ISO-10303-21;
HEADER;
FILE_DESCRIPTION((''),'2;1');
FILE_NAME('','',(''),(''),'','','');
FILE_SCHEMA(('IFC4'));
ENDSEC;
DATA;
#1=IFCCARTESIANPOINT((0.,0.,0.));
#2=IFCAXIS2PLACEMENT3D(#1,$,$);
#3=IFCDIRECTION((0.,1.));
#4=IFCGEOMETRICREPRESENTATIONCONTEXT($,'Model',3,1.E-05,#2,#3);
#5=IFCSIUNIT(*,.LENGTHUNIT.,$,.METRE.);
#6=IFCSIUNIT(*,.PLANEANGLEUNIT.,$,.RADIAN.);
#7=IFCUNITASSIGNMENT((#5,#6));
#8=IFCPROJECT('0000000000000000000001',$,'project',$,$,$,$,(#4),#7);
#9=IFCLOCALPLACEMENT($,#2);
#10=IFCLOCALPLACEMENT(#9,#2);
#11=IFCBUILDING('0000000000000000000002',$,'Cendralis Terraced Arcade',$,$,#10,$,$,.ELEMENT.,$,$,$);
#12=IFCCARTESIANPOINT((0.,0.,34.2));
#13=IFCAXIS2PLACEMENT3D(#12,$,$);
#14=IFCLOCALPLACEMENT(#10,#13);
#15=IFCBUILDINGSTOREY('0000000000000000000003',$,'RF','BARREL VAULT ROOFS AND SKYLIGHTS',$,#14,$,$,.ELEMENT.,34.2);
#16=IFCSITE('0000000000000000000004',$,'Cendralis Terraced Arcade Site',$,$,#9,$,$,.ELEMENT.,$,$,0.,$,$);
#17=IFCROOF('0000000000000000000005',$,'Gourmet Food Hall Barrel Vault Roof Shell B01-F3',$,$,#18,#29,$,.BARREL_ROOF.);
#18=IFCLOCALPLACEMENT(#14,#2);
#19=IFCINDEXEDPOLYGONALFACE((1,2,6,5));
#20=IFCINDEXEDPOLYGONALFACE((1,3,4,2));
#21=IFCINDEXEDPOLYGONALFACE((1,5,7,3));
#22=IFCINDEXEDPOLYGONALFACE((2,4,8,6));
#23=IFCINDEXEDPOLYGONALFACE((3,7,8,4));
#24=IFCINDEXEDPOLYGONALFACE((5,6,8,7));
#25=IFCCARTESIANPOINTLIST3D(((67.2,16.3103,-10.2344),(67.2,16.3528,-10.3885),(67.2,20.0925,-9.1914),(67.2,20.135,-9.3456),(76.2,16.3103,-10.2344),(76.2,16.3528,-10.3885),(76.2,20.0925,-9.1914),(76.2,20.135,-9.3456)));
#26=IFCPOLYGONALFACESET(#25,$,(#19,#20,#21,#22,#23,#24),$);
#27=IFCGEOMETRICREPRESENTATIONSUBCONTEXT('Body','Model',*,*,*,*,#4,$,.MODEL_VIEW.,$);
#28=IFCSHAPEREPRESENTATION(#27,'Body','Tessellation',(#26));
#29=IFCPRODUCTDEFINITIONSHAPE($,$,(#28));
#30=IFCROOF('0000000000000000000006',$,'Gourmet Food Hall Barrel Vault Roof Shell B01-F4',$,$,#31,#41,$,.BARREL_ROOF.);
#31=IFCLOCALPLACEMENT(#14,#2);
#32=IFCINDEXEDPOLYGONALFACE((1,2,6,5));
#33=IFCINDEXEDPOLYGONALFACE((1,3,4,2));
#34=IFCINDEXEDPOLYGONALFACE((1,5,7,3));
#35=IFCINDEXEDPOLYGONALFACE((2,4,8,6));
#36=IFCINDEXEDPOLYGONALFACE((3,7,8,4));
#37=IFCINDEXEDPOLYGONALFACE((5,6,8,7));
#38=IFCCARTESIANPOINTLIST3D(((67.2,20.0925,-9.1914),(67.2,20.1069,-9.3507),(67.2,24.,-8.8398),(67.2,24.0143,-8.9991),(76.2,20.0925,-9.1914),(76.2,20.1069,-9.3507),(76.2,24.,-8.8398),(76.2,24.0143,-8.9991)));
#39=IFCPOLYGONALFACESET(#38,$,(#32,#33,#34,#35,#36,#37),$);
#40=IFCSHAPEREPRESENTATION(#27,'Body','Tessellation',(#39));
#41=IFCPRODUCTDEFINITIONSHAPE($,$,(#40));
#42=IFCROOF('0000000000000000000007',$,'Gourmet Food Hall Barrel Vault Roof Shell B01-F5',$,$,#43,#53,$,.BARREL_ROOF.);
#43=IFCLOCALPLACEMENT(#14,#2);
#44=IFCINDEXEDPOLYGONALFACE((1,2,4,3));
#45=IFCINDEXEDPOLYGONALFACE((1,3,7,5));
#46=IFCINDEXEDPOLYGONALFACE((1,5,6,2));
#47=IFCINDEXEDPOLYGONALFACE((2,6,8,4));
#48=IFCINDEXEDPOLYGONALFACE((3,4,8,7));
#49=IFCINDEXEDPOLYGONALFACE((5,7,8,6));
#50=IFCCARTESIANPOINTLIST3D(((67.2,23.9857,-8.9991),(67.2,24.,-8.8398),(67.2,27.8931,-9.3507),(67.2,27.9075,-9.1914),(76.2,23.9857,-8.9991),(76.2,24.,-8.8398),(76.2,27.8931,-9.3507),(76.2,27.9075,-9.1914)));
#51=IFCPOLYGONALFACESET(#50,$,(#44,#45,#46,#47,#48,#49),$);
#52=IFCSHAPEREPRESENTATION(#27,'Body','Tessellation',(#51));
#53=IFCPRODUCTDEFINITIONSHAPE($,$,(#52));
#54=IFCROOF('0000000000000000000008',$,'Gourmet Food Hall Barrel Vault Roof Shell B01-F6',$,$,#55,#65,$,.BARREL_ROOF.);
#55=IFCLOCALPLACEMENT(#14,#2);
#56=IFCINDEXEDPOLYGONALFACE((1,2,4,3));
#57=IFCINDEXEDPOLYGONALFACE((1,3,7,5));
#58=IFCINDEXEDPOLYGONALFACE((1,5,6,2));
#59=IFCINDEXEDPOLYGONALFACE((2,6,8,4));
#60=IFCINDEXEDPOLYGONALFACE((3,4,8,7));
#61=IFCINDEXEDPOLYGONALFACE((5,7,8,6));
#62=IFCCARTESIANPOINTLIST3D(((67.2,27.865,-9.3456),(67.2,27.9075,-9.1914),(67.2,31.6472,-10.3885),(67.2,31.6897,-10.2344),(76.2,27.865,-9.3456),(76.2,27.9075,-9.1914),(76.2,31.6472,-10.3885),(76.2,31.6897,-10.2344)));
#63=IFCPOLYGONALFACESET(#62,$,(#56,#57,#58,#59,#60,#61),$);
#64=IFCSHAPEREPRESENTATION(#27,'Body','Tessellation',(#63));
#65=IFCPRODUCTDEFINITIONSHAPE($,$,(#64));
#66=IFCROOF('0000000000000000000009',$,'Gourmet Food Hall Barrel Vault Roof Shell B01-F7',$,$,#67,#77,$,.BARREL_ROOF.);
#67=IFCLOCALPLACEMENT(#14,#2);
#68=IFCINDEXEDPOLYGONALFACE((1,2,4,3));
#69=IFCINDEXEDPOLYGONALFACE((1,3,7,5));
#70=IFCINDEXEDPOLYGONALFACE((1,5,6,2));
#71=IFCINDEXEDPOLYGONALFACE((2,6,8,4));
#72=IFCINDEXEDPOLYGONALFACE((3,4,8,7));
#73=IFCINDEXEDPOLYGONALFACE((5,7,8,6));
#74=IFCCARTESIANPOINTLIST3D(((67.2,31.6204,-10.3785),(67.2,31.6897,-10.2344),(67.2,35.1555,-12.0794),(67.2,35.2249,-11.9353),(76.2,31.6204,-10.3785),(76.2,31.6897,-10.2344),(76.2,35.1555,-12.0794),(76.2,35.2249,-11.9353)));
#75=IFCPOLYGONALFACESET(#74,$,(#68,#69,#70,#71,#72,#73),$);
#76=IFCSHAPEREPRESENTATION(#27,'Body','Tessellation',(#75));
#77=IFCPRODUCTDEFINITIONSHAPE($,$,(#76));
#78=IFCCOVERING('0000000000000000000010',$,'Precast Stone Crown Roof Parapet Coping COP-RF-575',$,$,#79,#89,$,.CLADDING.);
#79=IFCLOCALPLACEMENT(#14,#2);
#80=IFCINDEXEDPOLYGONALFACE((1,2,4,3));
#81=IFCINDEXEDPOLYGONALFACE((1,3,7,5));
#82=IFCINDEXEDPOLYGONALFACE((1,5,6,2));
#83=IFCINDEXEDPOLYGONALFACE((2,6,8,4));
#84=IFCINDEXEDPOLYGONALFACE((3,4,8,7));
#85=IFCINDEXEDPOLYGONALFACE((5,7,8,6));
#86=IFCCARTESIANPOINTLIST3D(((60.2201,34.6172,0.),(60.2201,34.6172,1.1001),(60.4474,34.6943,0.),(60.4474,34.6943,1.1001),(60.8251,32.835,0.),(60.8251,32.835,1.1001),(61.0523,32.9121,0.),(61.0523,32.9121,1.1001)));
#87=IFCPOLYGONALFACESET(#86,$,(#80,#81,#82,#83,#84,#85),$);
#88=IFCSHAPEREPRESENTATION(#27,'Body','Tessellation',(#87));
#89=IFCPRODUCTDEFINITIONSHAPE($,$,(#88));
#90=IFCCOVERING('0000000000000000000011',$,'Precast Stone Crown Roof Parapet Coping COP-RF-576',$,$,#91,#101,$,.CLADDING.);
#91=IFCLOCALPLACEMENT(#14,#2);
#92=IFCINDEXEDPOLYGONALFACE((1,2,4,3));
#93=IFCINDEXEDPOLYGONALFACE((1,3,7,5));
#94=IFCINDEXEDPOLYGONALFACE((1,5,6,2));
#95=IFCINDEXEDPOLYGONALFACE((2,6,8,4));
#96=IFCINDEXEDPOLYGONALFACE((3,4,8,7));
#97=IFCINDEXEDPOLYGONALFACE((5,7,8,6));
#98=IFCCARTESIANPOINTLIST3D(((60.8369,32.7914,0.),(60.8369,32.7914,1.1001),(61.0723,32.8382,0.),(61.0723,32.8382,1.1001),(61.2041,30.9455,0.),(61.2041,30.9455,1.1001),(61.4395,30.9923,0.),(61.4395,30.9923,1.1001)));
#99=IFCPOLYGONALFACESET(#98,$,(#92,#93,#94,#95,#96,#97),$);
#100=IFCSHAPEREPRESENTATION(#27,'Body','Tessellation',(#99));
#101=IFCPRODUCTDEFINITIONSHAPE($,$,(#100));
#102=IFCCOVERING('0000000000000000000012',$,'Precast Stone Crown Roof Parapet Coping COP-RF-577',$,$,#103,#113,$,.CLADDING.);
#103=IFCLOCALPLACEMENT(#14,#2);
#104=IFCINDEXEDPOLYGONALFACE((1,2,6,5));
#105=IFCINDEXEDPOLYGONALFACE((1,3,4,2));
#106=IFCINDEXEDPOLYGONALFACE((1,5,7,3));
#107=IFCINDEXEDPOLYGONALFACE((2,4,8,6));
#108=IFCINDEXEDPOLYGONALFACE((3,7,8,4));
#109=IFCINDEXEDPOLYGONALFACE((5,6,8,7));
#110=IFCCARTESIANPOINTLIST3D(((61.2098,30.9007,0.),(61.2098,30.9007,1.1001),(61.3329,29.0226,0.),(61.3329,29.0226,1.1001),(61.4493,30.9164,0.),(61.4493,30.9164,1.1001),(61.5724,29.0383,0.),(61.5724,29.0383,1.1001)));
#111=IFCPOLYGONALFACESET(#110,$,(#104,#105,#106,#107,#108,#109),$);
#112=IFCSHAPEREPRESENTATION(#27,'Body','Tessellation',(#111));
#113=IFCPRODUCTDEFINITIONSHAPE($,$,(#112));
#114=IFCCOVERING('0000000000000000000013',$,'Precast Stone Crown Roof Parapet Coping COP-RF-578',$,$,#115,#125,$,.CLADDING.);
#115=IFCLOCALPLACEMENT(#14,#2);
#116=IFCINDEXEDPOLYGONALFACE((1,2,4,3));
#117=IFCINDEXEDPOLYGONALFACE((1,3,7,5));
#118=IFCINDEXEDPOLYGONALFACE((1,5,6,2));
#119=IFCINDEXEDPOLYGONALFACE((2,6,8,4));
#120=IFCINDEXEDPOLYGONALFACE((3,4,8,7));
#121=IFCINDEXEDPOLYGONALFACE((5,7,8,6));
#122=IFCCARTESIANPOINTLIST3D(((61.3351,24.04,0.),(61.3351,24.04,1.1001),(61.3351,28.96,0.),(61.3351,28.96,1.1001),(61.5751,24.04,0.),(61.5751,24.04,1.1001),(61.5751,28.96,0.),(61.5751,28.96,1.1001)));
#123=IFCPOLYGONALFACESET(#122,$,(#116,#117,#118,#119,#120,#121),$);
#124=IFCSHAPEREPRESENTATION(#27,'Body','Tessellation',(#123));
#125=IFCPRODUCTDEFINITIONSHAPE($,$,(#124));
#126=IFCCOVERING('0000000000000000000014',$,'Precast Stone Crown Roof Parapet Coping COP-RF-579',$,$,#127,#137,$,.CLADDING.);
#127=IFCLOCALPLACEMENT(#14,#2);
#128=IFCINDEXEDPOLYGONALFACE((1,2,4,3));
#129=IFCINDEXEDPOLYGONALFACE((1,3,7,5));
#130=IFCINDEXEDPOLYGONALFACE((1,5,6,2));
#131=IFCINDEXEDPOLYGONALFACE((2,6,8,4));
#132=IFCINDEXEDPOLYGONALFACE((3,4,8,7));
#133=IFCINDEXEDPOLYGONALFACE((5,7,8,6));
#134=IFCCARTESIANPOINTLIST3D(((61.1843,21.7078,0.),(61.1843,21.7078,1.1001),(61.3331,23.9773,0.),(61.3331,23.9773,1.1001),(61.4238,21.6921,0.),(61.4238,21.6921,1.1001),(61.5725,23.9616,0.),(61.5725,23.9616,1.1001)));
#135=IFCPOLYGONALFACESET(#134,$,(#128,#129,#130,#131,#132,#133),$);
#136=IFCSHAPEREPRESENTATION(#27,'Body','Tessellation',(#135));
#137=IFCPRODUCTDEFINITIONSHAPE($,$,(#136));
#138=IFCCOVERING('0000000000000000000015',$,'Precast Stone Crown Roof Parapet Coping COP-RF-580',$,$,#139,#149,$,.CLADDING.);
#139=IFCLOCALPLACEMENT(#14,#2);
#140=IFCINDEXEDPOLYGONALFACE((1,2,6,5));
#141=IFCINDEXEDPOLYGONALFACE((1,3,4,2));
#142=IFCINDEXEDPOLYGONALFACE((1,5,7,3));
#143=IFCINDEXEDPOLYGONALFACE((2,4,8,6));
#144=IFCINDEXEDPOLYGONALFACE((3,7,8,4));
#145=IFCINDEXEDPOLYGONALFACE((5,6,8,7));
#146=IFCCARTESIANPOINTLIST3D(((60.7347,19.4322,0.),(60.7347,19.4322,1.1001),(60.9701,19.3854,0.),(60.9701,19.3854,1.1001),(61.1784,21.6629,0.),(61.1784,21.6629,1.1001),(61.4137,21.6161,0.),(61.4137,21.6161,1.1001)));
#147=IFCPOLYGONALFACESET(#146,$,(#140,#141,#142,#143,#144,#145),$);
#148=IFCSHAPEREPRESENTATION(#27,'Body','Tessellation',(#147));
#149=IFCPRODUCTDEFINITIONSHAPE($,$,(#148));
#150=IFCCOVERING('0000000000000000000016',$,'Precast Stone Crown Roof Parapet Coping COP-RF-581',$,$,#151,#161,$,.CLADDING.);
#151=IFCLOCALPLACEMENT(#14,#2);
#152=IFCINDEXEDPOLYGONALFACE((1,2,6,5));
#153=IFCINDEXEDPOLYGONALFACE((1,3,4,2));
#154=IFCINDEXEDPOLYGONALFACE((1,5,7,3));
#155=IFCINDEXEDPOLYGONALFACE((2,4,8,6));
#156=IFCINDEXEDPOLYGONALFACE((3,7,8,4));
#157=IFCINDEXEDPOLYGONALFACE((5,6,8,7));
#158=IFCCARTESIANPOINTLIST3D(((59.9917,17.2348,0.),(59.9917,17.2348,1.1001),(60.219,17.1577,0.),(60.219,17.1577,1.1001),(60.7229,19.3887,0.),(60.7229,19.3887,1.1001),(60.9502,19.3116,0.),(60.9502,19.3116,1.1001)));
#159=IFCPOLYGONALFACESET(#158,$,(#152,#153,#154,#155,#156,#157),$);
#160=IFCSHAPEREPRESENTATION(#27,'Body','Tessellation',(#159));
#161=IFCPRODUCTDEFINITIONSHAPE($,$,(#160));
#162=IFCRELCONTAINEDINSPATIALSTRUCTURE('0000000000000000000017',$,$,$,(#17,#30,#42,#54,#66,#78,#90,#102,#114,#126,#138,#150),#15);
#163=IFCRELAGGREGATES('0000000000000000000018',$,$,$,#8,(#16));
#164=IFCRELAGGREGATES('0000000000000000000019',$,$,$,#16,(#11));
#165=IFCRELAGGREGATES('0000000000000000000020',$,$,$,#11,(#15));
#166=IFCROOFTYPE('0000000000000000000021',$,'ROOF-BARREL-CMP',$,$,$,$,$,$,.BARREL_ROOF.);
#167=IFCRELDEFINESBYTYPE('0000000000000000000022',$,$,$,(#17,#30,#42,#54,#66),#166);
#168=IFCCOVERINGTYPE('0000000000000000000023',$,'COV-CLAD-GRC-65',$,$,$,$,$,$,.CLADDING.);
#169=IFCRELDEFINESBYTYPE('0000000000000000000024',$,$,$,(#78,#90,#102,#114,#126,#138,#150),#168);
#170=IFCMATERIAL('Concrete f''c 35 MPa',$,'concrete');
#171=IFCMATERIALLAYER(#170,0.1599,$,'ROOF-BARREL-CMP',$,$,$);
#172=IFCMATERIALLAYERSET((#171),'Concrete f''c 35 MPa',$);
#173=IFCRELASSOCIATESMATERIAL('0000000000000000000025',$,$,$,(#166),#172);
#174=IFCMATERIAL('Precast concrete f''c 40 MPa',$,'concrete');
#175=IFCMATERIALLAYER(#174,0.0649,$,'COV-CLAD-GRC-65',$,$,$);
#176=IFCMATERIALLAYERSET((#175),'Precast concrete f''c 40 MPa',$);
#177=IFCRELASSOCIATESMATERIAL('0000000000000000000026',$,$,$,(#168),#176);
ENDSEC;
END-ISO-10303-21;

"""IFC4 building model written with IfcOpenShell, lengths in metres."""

from ifc_helpers import new_model, si_unit, direction, frame, origin, origin_2d, place, context, subcontext, project, spatial, polyline, rectangle, outline, extrude, material, layer, layer_set, type_object, element, save


model = new_model("IFC4")

# Units and contexts
model_context = context("Model", 3, precision=1e-05, world=origin(), true_north=direction((0.0, 1.0)))
body_context = subcontext(model_context, "Body", "Model", "MODEL_VIEW")
ifc_project = project(units=[si_unit("LENGTHUNIT", "METRE"), si_unit("PLANEANGLEUNIT", "RADIAN")], contexts=[model_context])

# Site, building, storey
site_placement = place(None, origin())
site = spatial("IfcSite", under=ifc_project, at=site_placement, Name="Cendralis Terraced Arcade Site", CompositionType="ELEMENT", RefElevation=0.0)
building_placement = place(site_placement, origin())
building = spatial("IfcBuilding", under=site, at=building_placement, Name="Cendralis Terraced Arcade", CompositionType="ELEMENT")
storey_placement = place(building_placement, frame((0.0, 0.0, 34.2)))
storey = spatial("IfcBuildingStorey", under=building, at=storey_placement, Name="RF", Description="BARREL VAULT ROOFS AND SKYLIGHTS", CompositionType="ELEMENT", Elevation=34.2)

# Roofs
ifc_material_1 = material(Name="Concrete f'c 35 MPa", Category="concrete")
ifc_layer_1 = layer(ifc_material_1, 0.1599, Name="ROOF-BARREL-CMP")
ifc_layer_set_1 = layer_set([ifc_layer_1], Name="Concrete f'c 35 MPa")
roof_type = type_object("IfcRoofType", Name="ROOF-BARREL-CMP", PredefinedType="BARREL_ROOF", material=ifc_layer_set_1)
roof_1_placement = place(storey_placement, frame((67.2, 16.3103, -10.2344), z_axis=(0.0, -0.265833, 0.964019), x_axis=(1.0, 0.0, 0.0)))
element("IfcRoof", 1, at=roof_1_placement, inside=storey, type_object=roof_type, Name="Gourmet Food Hall Barrel Vault Roof Shell B01-F3", PredefinedType="BARREL_ROOF", context=body_context, shape_type="SweptSolid", body=[
    extrude(outline(polyline([(0.0, 0.0), (9.0, 0.0), (9.0, 3.9234), (0.0, 3.9234), (0.0, 0.0)])), origin(), (0.0, 0.0, -1.0), 0.1599),
])
for number, where, z_axis, x_axis, name in (
    (2, (67.2, 20.0925, -9.1914), (0.0, -0.08961, 0.995977), (1.0, 0.0, 0.0), "Gourmet Food Hall Barrel Vault Roof Shell B01-F4"),
    (3, (67.2, 24.0, -8.8398), (0.0, 0.08961, 0.995977), (1.0, 0.0, 0.0), "Gourmet Food Hall Barrel Vault Roof Shell B01-F5"),
):
    element("IfcRoof", number, at=place(storey_placement, frame(where, z_axis=z_axis, x_axis=x_axis)), inside=storey, type_object=roof_type, Name=name, PredefinedType="BARREL_ROOF", context=body_context, shape_type="SweptSolid", body=[
        extrude(outline(polyline([(0.0, 0.0), (9.0, 0.0), (9.0, 3.9233), (0.0, 3.9233), (0.0, 0.0)])), origin(), (0.0, 0.0, -1.0), 0.1599),
    ])
roof_2_placement = place(storey_placement, frame((67.2, 27.9075, -9.1914), z_axis=(0.0, 0.265833, 0.964019), x_axis=(1.0, 0.0, 0.0)))
element("IfcRoof", 4, at=roof_2_placement, inside=storey, type_object=roof_type, Name="Gourmet Food Hall Barrel Vault Roof Shell B01-F6", PredefinedType="BARREL_ROOF", context=body_context, shape_type="SweptSolid", body=[
    extrude(outline(polyline([(0.0, 0.0), (9.0, 0.0), (9.0, 3.9234), (0.0, 3.9234), (0.0, 0.0)])), origin(), (0.0, 0.0, -1.0), 0.1599),
])
roof_3_placement = place(storey_placement, frame((67.2, 31.6897, -10.2344), z_axis=(0.0, 0.43357, 0.90112), x_axis=(1.0, 0.0, 0.0)))
element("IfcRoof", 5, at=roof_3_placement, inside=storey, type_object=roof_type, Name="Gourmet Food Hall Barrel Vault Roof Shell B01-F7", PredefinedType="BARREL_ROOF", context=body_context, shape_type="SweptSolid", body=[
    extrude(outline(polyline([(0.0, 0.0), (9.0, 0.0), (9.0, 3.9231), (0.0, 3.9231), (0.0, 0.0)])), origin(), (0.0, 0.0, -1.0), 0.1599),
])

# Coverings
ifc_material_2 = material(Name="Precast concrete f'c 40 MPa", Category="concrete")
ifc_layer_2 = layer(ifc_material_2, 0.0649, Name="COV-CLAD-GRC-65")
ifc_layer_set_2 = layer_set([ifc_layer_2], Name="Precast concrete f'c 40 MPa")
covering_type = type_object("IfcCoveringType", Name="COV-CLAD-GRC-65", PredefinedType="CLADDING", material=ifc_layer_set_2)
for number, where, z_axis, x_axis, name in (
    (6, (60.6362, 33.7646, 0.0), (0.0, 0.0, 1.0), (0.321439, -0.94693, 0.0), "Precast Stone Crown Roof Parapet Coping COP-RF-575"),
    (7, (61.1382, 31.8918, 0.0), (0.0, 0.0, 1.0), (0.19509, -0.980785, 0.0), "Precast Stone Crown Roof Parapet Coping COP-RF-576"),
    (8, (61.3911, 29.9695, 0.0), (0.0, 0.0, 1.0), (0.065386, -0.99786, 0.0), "Precast Stone Crown Roof Parapet Coping COP-RF-577"),
):
    element("IfcCovering", number, at=place(storey_placement, frame(where, z_axis=z_axis, x_axis=x_axis)), inside=storey, type_object=covering_type, Name=name, PredefinedType="CLADDING", context=body_context, shape_type="SweptSolid", body=[
        extrude(rectangle(XDim=1.8821, YDim=0.24, at=origin_2d()), origin(), (0.0, 0.0, 1.0), 1.1001),
    ])
covering_1_placement = place(storey_placement, frame((61.4551, 26.5, 0.0), z_axis=(0.0, 0.0, 1.0), x_axis=(0.0, -1.0, 0.0)))
element("IfcCovering", 9, at=covering_1_placement, inside=storey, type_object=covering_type, Name="Precast Stone Crown Roof Parapet Coping COP-RF-578", PredefinedType="CLADDING", context=body_context, shape_type="SweptSolid", body=[
    extrude(rectangle(XDim=4.9199, YDim=0.24, at=origin_2d()), origin(), (0.0, 0.0, 1.0), 1.1001),
])
for number, where, z_axis, x_axis, name in (
    (10, (61.3784, 22.8347, 0.0), (0.0, 0.0, 1.0), (-0.065403, -0.997859, 0.0), "Precast Stone Crown Roof Parapet Coping COP-RF-579"),
    (11, (61.0742, 20.5242, 0.0), (0.0, 0.0, 1.0), (-0.195073, -0.980789, 0.0), "Precast Stone Crown Roof Parapet Coping COP-RF-580"),
):
    element("IfcCovering", number, at=place(storey_placement, frame(where, z_axis=z_axis, x_axis=x_axis)), inside=storey, type_object=covering_type, Name=name, PredefinedType="CLADDING", context=body_context, shape_type="SweptSolid", body=[
        extrude(rectangle(XDim=2.2744, YDim=0.24, at=origin_2d()), origin(), (0.0, 0.0, 1.0), 1.1001),
    ])
covering_2_placement = place(storey_placement, frame((60.4709, 18.2732, 0.0), z_axis=(0.0, 0.0, 1.0), x_axis=(-0.321456, -0.946925, 0.0)))
element("IfcCovering", 12, at=covering_2_placement, inside=storey, type_object=covering_type, Name="Precast Stone Crown Roof Parapet Coping COP-RF-581", PredefinedType="CLADDING", context=body_context, shape_type="SweptSolid", body=[
    extrude(rectangle(XDim=2.2747, YDim=0.24, at=origin_2d()), origin(), (0.0, 0.0, 1.0), 1.1001),
])

save(model, "model.ifc")
